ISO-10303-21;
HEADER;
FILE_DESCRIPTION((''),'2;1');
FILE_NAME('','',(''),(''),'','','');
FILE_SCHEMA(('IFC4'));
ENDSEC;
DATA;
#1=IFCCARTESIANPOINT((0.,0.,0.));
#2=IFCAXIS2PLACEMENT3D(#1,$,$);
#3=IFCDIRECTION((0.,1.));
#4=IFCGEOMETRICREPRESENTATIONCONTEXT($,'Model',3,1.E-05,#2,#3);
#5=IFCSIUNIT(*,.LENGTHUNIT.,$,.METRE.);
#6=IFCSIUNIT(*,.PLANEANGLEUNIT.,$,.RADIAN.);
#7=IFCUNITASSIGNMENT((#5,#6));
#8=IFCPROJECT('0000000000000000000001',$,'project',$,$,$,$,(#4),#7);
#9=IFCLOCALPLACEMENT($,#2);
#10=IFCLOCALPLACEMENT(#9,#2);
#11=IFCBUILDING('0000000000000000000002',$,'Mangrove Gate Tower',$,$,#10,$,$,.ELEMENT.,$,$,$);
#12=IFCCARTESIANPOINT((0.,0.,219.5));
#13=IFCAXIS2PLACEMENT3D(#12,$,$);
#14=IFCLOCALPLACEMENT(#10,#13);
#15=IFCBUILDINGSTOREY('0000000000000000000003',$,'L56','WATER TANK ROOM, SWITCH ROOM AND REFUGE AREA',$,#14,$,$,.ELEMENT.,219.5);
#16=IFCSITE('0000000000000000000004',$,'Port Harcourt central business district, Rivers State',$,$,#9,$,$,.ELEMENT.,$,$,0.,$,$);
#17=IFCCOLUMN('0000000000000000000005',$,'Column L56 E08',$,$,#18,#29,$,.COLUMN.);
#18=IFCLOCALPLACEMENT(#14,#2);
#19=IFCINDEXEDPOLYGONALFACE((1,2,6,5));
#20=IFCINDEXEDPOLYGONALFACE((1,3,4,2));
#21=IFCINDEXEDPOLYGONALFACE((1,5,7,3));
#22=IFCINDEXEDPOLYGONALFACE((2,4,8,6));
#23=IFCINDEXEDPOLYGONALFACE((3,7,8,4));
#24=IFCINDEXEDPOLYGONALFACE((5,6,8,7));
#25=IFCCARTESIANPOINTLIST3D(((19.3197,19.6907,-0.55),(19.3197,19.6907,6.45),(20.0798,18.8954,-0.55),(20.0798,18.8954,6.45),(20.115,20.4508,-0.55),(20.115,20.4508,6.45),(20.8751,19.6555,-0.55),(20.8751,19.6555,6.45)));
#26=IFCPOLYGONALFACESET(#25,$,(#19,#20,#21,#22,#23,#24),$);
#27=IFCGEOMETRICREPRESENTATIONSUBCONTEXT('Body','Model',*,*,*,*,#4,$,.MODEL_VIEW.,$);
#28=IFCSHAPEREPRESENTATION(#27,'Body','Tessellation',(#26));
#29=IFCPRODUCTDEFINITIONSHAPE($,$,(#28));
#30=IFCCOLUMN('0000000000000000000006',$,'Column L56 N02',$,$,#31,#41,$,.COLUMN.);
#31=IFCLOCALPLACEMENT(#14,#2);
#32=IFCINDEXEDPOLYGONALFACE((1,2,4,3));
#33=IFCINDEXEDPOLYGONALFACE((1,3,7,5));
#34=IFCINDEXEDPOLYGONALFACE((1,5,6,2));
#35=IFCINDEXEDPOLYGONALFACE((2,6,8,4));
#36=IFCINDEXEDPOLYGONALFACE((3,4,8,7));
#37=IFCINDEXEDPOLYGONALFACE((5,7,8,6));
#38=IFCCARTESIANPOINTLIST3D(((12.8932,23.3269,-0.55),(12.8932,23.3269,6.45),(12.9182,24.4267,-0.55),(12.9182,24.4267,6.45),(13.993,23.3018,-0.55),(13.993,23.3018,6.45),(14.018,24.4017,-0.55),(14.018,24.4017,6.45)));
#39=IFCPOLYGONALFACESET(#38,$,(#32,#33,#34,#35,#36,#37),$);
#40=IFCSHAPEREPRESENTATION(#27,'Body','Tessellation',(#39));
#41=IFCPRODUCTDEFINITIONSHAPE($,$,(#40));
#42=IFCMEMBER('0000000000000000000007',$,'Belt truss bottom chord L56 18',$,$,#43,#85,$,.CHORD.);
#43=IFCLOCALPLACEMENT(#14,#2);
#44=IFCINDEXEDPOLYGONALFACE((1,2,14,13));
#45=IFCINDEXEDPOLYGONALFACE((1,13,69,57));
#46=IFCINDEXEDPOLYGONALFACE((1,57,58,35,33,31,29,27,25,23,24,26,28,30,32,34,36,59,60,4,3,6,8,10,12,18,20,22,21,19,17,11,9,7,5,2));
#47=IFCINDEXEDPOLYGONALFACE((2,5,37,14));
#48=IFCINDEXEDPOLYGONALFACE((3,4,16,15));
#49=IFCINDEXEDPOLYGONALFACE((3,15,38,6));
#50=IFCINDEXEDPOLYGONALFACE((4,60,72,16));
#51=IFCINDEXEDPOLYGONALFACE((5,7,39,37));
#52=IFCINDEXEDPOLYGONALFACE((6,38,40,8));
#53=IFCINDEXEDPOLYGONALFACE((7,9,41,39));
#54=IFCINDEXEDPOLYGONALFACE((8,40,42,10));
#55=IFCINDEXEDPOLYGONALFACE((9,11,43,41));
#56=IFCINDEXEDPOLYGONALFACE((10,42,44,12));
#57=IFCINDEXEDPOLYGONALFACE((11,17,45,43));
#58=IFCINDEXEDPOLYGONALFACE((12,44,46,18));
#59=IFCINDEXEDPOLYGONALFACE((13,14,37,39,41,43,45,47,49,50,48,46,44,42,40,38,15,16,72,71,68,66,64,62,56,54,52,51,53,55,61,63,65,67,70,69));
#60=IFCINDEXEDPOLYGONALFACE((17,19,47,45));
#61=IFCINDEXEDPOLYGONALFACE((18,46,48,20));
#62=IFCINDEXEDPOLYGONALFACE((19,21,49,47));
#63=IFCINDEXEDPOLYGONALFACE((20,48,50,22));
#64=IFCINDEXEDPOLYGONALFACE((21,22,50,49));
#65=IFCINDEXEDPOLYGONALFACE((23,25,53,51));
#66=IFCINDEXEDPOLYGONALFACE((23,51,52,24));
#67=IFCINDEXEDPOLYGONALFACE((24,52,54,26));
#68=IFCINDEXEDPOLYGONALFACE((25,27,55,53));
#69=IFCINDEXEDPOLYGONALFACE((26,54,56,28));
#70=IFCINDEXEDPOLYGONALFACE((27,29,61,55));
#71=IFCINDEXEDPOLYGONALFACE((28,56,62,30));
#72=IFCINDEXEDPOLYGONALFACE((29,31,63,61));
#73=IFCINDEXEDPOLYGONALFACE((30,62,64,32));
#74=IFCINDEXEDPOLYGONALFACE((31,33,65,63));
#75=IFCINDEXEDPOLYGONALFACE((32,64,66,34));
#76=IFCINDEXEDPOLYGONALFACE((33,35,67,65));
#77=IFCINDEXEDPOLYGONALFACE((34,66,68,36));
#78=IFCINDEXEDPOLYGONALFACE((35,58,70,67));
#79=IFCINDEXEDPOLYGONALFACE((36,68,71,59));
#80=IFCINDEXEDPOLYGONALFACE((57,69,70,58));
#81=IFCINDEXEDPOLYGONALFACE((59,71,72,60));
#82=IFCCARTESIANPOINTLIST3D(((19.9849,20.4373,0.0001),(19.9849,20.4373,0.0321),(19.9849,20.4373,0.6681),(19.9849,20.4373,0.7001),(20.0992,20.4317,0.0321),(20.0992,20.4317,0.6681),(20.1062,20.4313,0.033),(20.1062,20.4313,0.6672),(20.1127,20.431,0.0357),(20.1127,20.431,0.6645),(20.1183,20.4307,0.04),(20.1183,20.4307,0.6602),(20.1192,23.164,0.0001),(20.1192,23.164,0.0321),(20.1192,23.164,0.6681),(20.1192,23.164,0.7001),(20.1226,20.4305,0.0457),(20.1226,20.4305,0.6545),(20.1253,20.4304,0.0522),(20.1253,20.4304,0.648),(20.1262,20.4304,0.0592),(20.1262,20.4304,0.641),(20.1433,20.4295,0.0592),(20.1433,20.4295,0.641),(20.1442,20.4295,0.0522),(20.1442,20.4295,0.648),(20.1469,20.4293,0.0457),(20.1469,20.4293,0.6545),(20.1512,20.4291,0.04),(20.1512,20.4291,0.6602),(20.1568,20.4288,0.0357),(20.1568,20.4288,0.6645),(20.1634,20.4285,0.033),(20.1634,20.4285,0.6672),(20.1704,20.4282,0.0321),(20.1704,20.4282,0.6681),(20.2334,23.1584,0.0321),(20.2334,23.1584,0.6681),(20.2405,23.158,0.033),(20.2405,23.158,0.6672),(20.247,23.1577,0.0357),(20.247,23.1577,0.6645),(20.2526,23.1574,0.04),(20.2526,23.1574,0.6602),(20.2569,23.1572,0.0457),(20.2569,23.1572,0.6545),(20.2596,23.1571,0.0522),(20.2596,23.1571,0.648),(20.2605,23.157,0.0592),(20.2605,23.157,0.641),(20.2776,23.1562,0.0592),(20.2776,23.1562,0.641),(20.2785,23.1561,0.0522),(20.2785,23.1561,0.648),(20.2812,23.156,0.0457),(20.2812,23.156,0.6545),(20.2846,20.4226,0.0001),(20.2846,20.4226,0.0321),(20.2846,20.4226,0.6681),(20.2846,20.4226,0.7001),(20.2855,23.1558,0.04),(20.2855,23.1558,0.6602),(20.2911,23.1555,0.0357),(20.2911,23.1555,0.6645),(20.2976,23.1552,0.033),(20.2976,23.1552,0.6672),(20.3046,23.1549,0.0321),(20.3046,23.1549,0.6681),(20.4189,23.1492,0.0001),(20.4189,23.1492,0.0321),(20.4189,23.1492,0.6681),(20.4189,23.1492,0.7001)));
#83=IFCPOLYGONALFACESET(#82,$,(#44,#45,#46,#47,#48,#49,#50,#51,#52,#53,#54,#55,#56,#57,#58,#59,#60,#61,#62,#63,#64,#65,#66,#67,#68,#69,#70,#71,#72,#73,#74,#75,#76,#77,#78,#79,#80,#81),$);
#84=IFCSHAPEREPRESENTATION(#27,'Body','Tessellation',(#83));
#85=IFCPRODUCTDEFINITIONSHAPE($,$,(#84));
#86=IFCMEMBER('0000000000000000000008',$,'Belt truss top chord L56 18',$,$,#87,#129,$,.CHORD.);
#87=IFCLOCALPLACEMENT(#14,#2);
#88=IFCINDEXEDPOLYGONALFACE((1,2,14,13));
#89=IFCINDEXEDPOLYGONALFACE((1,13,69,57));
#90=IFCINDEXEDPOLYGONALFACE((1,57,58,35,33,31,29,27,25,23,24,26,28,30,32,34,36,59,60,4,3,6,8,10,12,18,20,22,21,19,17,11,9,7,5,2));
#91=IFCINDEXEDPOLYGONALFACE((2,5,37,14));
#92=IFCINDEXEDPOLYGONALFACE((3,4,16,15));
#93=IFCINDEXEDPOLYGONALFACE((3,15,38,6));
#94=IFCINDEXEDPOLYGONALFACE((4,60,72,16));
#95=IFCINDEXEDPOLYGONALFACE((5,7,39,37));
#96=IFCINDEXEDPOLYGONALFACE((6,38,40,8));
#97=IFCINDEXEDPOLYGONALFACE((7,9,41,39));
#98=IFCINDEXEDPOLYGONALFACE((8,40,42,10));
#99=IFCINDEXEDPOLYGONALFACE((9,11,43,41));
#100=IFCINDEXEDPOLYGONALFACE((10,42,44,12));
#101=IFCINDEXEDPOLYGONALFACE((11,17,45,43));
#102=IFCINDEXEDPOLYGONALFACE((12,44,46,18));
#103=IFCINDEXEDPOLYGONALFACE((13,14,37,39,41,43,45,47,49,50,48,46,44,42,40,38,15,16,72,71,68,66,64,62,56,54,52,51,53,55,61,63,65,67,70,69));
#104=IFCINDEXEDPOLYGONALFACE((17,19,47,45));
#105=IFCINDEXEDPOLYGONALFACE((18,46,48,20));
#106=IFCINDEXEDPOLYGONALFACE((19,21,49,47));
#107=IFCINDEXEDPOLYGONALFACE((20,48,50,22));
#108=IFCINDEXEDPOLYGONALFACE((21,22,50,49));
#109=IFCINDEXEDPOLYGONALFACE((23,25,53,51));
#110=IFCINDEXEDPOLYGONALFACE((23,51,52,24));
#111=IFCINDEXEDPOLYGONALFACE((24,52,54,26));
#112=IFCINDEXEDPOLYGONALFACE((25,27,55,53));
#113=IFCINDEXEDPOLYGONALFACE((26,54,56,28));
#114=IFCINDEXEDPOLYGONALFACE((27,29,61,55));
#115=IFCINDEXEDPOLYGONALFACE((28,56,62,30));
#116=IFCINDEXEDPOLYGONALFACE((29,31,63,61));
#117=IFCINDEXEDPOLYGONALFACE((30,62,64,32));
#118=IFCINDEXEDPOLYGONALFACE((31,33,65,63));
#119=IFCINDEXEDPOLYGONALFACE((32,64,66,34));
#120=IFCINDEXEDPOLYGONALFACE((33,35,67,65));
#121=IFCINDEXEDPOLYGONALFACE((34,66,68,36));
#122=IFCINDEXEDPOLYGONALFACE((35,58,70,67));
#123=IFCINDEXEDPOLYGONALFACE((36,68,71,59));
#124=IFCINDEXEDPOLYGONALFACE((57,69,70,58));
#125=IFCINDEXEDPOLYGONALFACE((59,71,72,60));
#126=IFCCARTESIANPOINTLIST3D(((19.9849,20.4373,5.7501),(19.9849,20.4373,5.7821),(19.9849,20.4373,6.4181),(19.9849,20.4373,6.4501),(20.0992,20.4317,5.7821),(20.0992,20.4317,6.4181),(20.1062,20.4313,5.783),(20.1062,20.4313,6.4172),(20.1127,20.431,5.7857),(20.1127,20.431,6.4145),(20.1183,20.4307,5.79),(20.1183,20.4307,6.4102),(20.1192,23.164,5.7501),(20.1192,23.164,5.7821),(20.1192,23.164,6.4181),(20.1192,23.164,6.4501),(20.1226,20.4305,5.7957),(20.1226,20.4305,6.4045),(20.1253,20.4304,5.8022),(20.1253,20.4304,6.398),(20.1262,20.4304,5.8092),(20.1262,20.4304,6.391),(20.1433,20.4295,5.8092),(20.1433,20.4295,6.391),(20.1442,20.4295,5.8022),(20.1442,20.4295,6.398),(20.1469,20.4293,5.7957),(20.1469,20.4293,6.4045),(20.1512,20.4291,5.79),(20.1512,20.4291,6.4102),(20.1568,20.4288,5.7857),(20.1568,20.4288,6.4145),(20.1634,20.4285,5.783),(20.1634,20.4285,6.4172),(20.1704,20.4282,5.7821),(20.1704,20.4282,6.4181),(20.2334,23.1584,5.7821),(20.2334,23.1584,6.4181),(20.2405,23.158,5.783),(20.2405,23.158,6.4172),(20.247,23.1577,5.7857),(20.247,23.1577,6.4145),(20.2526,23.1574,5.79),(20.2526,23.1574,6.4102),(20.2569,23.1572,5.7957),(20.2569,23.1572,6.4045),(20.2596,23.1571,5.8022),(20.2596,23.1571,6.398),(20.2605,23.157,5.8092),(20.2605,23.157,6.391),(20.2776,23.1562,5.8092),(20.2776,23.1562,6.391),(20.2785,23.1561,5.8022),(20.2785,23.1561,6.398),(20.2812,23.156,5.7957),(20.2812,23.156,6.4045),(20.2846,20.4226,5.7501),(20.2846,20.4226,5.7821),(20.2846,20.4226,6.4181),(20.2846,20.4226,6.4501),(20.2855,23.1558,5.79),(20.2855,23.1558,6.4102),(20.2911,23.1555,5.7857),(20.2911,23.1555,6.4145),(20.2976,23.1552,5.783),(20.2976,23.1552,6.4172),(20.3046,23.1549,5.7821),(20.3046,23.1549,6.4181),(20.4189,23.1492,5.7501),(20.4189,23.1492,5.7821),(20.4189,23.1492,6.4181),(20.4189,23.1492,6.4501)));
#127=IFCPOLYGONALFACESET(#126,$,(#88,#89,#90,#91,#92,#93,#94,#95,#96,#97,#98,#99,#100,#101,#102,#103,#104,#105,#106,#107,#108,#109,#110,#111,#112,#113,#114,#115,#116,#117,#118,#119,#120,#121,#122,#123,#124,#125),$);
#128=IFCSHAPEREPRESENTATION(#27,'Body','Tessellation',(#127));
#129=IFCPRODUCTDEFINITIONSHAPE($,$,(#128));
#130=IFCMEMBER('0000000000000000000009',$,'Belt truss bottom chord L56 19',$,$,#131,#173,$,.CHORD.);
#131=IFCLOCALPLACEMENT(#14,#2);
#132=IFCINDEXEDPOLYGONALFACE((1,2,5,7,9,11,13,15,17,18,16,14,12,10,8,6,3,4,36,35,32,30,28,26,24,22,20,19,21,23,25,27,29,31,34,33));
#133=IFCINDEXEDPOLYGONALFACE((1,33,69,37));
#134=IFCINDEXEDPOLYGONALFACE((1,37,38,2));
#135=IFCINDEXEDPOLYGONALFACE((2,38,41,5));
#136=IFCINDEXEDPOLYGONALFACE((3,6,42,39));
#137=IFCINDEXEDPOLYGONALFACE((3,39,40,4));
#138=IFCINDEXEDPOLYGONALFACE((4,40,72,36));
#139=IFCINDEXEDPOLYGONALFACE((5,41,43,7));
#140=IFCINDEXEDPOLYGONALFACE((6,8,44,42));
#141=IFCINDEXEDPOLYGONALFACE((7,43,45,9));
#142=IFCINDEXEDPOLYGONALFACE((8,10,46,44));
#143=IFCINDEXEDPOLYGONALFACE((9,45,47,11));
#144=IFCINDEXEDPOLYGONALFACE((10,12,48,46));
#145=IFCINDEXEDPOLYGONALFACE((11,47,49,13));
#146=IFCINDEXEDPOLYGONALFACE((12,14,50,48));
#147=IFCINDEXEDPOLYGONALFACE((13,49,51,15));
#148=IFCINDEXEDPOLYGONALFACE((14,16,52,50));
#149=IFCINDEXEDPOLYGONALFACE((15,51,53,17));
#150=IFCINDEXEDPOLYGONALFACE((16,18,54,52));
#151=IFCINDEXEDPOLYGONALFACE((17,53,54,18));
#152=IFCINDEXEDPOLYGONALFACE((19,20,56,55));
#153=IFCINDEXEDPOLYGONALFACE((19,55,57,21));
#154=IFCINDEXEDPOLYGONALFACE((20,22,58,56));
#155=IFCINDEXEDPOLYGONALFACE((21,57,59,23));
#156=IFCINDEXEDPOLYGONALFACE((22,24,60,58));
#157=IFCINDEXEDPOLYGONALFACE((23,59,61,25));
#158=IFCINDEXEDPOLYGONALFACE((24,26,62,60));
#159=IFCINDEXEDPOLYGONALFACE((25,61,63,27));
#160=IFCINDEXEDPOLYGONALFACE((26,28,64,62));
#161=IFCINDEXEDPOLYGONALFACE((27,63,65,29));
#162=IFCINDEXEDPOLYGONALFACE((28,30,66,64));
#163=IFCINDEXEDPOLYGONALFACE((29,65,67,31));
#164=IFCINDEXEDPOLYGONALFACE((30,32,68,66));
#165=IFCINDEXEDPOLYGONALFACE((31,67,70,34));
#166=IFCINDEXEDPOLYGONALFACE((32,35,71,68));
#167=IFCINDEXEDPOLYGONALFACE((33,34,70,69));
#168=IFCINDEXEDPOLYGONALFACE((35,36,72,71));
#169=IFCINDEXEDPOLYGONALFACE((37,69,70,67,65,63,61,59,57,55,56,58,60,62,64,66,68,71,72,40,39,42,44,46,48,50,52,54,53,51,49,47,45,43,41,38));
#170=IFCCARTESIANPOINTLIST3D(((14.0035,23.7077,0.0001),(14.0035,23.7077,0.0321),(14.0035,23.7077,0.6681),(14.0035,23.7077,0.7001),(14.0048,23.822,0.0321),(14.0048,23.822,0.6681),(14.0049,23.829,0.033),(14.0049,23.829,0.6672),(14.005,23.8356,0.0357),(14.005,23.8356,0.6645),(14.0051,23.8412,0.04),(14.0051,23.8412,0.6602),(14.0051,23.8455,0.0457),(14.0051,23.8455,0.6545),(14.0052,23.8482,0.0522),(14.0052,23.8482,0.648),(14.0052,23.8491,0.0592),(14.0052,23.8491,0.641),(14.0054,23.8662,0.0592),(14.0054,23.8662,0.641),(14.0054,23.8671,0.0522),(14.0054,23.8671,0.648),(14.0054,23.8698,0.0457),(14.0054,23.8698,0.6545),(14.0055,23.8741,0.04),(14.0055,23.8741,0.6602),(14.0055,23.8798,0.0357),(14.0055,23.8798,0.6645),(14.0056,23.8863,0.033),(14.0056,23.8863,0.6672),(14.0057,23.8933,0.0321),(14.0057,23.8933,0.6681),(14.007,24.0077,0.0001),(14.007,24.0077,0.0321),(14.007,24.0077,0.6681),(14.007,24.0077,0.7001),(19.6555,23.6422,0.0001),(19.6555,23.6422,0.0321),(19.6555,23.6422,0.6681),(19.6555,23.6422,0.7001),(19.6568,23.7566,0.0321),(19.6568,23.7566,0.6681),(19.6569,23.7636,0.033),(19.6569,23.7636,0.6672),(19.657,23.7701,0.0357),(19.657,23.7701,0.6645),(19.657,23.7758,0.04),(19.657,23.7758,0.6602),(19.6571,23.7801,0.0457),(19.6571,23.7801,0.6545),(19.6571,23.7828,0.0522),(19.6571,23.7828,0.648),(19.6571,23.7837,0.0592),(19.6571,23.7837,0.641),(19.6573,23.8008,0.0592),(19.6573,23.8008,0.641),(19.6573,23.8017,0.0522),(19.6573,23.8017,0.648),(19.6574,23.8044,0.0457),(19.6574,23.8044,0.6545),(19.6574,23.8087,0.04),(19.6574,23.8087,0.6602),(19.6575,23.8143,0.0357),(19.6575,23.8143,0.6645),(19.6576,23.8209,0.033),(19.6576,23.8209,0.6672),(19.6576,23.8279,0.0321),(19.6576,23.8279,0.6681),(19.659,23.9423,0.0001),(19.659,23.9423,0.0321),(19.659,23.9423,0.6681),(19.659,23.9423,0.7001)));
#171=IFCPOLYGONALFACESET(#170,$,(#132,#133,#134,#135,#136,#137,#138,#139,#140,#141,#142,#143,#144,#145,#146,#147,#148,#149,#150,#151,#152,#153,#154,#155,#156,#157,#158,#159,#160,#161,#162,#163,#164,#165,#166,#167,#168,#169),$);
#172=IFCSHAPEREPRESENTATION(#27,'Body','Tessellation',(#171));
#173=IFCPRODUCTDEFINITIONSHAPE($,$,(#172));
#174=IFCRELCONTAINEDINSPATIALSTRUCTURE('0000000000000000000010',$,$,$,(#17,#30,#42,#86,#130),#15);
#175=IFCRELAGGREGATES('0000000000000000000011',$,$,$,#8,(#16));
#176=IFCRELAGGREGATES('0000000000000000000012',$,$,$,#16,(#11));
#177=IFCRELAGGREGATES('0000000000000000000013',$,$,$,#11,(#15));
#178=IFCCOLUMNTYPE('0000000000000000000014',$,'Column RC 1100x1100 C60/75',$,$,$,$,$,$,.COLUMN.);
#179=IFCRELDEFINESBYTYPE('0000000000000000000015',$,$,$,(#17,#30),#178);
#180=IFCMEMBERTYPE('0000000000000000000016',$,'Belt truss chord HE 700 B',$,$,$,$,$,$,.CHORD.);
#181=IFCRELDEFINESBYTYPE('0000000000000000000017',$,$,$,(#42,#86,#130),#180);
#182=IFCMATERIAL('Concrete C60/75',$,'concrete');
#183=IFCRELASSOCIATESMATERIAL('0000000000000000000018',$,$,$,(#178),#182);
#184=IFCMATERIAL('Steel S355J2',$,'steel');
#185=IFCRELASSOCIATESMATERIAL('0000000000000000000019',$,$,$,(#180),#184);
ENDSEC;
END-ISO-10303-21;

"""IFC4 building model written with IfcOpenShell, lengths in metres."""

from ifc_helpers import new_model, si_unit, direction, frame, origin, origin_2d, place, context, subcontext, project, spatial, rectangle, i_section, extrude, material, material_profile, profile_set, type_object, element, save


model = new_model("IFC4")

# Units and contexts
model_context = context("Model", 3, precision=1e-05, world=origin(), true_north=direction((0.0, 1.0)))
body_context = subcontext(model_context, "Body", "Model", "MODEL_VIEW")
ifc_project = project(units=[si_unit("LENGTHUNIT", "METRE"), si_unit("PLANEANGLEUNIT", "RADIAN")], contexts=[model_context])

# Site, building, storey
site_placement = place(None, origin())
site = spatial("IfcSite", under=ifc_project, at=site_placement, Name="Port Harcourt central business district, Rivers State", CompositionType="ELEMENT", RefElevation=0.0)
building_placement = place(site_placement, origin())
building = spatial("IfcBuilding", under=site, at=building_placement, Name="Mangrove Gate Tower", CompositionType="ELEMENT")
storey_placement = place(building_placement, frame((0.0, 0.0, 219.5)))
storey = spatial("IfcBuildingStorey", under=building, at=storey_placement, Name="L56", Description="WATER TANK ROOM, SWITCH ROOM AND REFUGE AREA", CompositionType="ELEMENT", Elevation=219.5)

# Columns
ifc_material_1 = material(Name="Concrete C60/75", Category="concrete")
ifc_material_profile_1 = material_profile(ifc_material_1, rectangle(XDim=1.1001, YDim=1.1001, at=origin_2d()))
ifc_profile_set_1 = profile_set([ifc_material_profile_1], Name="Concrete C60/75")
column_type = type_object("IfcColumnType", Name="Column RC 1100x1100 C60/75", PredefinedType="COLUMN", material=ifc_profile_set_1)
for number, where, z_axis, x_axis, name in (
    (1, (20.0974, 19.6731, -0.55), (0.0, 0.0, 1.0), (-0.690932, 0.72292, 0.0), "Column L56 E08"),
    (2, (13.4556, 23.8643, -0.55), (0.0, 0.0, 1.0), (-0.999741, 0.022741, 0.0), "Column L56 N02"),
):
    element("IfcColumn", number, at=place(storey_placement, frame(where, z_axis=z_axis, x_axis=x_axis)), inside=storey, type_object=column_type, Name=name, PredefinedType="COLUMN", context=body_context, shape_type="SweptSolid", body=[
        extrude(rectangle(XDim=1.1001, YDim=1.1001, at=origin_2d()), origin(), (0.0, 0.0, 1.0), 7.0),
    ])

# Members
ifc_material_2 = material(Name="Steel S355J2", Category="steel")
ifc_material_profile_2 = material_profile(ifc_material_2, i_section(OverallWidth=0.3, OverallDepth=0.7, WebThickness=0.0171, FlangeThickness=0.032, FilletRadius=0.0271, at=origin_2d()))
ifc_profile_set_2 = profile_set([ifc_material_profile_2], Name="Steel S355J2")
member_type_1 = type_object("IfcMemberType", Name="Belt truss chord HE 700 B", PredefinedType="CHORD", material=ifc_profile_set_2)
for number, where, z_axis, x_axis, name in (
    (3, (20.1348, 20.4299, 0.3501), (0.049188, 0.99879, 0.0), (-0.99879, 0.049188, 0.0), "Belt truss bottom chord L56 18"),
    (4, (20.1348, 20.4299, 6.1001), (0.049188, 0.99879, 0.0), (-0.99879, 0.049188, 0.0), "Belt truss top chord L56 18"),
):
    element("IfcMember", number, at=place(storey_placement, frame(where, z_axis=z_axis, x_axis=x_axis)), inside=storey, type_object=member_type_1, Name=name, PredefinedType="CHORD", context=body_context, shape_type="SweptSolid", body=[
        extrude(i_section(OverallWidth=0.3, OverallDepth=0.7, WebThickness=0.0171, FlangeThickness=0.032, FilletRadius=0.0271, at=origin_2d()), origin(), (0.0, 0.0, 1.0), 2.73),
    ])
for number, where, z_axis, x_axis, name in (
    (5, (19.6572, 23.7922, 0.3501), (-0.999933, 0.011576, 0.0), (-0.011576, -0.999933, 0.0), "Belt truss bottom chord L56 19"),
):
    element("IfcMember", number, at=place(storey_placement, frame(where, z_axis=z_axis, x_axis=x_axis)), inside=storey, type_object=member_type_1, Name=name, PredefinedType="CHORD", context=body_context, shape_type="SweptSolid", body=[
        extrude(i_section(OverallWidth=0.3, OverallDepth=0.7, WebThickness=0.0171, FlangeThickness=0.032, FilletRadius=0.0271, at=origin_2d()), origin(), (0.0, 0.0, 1.0), 5.6523),
    ])

save(model, "model.ifc")
